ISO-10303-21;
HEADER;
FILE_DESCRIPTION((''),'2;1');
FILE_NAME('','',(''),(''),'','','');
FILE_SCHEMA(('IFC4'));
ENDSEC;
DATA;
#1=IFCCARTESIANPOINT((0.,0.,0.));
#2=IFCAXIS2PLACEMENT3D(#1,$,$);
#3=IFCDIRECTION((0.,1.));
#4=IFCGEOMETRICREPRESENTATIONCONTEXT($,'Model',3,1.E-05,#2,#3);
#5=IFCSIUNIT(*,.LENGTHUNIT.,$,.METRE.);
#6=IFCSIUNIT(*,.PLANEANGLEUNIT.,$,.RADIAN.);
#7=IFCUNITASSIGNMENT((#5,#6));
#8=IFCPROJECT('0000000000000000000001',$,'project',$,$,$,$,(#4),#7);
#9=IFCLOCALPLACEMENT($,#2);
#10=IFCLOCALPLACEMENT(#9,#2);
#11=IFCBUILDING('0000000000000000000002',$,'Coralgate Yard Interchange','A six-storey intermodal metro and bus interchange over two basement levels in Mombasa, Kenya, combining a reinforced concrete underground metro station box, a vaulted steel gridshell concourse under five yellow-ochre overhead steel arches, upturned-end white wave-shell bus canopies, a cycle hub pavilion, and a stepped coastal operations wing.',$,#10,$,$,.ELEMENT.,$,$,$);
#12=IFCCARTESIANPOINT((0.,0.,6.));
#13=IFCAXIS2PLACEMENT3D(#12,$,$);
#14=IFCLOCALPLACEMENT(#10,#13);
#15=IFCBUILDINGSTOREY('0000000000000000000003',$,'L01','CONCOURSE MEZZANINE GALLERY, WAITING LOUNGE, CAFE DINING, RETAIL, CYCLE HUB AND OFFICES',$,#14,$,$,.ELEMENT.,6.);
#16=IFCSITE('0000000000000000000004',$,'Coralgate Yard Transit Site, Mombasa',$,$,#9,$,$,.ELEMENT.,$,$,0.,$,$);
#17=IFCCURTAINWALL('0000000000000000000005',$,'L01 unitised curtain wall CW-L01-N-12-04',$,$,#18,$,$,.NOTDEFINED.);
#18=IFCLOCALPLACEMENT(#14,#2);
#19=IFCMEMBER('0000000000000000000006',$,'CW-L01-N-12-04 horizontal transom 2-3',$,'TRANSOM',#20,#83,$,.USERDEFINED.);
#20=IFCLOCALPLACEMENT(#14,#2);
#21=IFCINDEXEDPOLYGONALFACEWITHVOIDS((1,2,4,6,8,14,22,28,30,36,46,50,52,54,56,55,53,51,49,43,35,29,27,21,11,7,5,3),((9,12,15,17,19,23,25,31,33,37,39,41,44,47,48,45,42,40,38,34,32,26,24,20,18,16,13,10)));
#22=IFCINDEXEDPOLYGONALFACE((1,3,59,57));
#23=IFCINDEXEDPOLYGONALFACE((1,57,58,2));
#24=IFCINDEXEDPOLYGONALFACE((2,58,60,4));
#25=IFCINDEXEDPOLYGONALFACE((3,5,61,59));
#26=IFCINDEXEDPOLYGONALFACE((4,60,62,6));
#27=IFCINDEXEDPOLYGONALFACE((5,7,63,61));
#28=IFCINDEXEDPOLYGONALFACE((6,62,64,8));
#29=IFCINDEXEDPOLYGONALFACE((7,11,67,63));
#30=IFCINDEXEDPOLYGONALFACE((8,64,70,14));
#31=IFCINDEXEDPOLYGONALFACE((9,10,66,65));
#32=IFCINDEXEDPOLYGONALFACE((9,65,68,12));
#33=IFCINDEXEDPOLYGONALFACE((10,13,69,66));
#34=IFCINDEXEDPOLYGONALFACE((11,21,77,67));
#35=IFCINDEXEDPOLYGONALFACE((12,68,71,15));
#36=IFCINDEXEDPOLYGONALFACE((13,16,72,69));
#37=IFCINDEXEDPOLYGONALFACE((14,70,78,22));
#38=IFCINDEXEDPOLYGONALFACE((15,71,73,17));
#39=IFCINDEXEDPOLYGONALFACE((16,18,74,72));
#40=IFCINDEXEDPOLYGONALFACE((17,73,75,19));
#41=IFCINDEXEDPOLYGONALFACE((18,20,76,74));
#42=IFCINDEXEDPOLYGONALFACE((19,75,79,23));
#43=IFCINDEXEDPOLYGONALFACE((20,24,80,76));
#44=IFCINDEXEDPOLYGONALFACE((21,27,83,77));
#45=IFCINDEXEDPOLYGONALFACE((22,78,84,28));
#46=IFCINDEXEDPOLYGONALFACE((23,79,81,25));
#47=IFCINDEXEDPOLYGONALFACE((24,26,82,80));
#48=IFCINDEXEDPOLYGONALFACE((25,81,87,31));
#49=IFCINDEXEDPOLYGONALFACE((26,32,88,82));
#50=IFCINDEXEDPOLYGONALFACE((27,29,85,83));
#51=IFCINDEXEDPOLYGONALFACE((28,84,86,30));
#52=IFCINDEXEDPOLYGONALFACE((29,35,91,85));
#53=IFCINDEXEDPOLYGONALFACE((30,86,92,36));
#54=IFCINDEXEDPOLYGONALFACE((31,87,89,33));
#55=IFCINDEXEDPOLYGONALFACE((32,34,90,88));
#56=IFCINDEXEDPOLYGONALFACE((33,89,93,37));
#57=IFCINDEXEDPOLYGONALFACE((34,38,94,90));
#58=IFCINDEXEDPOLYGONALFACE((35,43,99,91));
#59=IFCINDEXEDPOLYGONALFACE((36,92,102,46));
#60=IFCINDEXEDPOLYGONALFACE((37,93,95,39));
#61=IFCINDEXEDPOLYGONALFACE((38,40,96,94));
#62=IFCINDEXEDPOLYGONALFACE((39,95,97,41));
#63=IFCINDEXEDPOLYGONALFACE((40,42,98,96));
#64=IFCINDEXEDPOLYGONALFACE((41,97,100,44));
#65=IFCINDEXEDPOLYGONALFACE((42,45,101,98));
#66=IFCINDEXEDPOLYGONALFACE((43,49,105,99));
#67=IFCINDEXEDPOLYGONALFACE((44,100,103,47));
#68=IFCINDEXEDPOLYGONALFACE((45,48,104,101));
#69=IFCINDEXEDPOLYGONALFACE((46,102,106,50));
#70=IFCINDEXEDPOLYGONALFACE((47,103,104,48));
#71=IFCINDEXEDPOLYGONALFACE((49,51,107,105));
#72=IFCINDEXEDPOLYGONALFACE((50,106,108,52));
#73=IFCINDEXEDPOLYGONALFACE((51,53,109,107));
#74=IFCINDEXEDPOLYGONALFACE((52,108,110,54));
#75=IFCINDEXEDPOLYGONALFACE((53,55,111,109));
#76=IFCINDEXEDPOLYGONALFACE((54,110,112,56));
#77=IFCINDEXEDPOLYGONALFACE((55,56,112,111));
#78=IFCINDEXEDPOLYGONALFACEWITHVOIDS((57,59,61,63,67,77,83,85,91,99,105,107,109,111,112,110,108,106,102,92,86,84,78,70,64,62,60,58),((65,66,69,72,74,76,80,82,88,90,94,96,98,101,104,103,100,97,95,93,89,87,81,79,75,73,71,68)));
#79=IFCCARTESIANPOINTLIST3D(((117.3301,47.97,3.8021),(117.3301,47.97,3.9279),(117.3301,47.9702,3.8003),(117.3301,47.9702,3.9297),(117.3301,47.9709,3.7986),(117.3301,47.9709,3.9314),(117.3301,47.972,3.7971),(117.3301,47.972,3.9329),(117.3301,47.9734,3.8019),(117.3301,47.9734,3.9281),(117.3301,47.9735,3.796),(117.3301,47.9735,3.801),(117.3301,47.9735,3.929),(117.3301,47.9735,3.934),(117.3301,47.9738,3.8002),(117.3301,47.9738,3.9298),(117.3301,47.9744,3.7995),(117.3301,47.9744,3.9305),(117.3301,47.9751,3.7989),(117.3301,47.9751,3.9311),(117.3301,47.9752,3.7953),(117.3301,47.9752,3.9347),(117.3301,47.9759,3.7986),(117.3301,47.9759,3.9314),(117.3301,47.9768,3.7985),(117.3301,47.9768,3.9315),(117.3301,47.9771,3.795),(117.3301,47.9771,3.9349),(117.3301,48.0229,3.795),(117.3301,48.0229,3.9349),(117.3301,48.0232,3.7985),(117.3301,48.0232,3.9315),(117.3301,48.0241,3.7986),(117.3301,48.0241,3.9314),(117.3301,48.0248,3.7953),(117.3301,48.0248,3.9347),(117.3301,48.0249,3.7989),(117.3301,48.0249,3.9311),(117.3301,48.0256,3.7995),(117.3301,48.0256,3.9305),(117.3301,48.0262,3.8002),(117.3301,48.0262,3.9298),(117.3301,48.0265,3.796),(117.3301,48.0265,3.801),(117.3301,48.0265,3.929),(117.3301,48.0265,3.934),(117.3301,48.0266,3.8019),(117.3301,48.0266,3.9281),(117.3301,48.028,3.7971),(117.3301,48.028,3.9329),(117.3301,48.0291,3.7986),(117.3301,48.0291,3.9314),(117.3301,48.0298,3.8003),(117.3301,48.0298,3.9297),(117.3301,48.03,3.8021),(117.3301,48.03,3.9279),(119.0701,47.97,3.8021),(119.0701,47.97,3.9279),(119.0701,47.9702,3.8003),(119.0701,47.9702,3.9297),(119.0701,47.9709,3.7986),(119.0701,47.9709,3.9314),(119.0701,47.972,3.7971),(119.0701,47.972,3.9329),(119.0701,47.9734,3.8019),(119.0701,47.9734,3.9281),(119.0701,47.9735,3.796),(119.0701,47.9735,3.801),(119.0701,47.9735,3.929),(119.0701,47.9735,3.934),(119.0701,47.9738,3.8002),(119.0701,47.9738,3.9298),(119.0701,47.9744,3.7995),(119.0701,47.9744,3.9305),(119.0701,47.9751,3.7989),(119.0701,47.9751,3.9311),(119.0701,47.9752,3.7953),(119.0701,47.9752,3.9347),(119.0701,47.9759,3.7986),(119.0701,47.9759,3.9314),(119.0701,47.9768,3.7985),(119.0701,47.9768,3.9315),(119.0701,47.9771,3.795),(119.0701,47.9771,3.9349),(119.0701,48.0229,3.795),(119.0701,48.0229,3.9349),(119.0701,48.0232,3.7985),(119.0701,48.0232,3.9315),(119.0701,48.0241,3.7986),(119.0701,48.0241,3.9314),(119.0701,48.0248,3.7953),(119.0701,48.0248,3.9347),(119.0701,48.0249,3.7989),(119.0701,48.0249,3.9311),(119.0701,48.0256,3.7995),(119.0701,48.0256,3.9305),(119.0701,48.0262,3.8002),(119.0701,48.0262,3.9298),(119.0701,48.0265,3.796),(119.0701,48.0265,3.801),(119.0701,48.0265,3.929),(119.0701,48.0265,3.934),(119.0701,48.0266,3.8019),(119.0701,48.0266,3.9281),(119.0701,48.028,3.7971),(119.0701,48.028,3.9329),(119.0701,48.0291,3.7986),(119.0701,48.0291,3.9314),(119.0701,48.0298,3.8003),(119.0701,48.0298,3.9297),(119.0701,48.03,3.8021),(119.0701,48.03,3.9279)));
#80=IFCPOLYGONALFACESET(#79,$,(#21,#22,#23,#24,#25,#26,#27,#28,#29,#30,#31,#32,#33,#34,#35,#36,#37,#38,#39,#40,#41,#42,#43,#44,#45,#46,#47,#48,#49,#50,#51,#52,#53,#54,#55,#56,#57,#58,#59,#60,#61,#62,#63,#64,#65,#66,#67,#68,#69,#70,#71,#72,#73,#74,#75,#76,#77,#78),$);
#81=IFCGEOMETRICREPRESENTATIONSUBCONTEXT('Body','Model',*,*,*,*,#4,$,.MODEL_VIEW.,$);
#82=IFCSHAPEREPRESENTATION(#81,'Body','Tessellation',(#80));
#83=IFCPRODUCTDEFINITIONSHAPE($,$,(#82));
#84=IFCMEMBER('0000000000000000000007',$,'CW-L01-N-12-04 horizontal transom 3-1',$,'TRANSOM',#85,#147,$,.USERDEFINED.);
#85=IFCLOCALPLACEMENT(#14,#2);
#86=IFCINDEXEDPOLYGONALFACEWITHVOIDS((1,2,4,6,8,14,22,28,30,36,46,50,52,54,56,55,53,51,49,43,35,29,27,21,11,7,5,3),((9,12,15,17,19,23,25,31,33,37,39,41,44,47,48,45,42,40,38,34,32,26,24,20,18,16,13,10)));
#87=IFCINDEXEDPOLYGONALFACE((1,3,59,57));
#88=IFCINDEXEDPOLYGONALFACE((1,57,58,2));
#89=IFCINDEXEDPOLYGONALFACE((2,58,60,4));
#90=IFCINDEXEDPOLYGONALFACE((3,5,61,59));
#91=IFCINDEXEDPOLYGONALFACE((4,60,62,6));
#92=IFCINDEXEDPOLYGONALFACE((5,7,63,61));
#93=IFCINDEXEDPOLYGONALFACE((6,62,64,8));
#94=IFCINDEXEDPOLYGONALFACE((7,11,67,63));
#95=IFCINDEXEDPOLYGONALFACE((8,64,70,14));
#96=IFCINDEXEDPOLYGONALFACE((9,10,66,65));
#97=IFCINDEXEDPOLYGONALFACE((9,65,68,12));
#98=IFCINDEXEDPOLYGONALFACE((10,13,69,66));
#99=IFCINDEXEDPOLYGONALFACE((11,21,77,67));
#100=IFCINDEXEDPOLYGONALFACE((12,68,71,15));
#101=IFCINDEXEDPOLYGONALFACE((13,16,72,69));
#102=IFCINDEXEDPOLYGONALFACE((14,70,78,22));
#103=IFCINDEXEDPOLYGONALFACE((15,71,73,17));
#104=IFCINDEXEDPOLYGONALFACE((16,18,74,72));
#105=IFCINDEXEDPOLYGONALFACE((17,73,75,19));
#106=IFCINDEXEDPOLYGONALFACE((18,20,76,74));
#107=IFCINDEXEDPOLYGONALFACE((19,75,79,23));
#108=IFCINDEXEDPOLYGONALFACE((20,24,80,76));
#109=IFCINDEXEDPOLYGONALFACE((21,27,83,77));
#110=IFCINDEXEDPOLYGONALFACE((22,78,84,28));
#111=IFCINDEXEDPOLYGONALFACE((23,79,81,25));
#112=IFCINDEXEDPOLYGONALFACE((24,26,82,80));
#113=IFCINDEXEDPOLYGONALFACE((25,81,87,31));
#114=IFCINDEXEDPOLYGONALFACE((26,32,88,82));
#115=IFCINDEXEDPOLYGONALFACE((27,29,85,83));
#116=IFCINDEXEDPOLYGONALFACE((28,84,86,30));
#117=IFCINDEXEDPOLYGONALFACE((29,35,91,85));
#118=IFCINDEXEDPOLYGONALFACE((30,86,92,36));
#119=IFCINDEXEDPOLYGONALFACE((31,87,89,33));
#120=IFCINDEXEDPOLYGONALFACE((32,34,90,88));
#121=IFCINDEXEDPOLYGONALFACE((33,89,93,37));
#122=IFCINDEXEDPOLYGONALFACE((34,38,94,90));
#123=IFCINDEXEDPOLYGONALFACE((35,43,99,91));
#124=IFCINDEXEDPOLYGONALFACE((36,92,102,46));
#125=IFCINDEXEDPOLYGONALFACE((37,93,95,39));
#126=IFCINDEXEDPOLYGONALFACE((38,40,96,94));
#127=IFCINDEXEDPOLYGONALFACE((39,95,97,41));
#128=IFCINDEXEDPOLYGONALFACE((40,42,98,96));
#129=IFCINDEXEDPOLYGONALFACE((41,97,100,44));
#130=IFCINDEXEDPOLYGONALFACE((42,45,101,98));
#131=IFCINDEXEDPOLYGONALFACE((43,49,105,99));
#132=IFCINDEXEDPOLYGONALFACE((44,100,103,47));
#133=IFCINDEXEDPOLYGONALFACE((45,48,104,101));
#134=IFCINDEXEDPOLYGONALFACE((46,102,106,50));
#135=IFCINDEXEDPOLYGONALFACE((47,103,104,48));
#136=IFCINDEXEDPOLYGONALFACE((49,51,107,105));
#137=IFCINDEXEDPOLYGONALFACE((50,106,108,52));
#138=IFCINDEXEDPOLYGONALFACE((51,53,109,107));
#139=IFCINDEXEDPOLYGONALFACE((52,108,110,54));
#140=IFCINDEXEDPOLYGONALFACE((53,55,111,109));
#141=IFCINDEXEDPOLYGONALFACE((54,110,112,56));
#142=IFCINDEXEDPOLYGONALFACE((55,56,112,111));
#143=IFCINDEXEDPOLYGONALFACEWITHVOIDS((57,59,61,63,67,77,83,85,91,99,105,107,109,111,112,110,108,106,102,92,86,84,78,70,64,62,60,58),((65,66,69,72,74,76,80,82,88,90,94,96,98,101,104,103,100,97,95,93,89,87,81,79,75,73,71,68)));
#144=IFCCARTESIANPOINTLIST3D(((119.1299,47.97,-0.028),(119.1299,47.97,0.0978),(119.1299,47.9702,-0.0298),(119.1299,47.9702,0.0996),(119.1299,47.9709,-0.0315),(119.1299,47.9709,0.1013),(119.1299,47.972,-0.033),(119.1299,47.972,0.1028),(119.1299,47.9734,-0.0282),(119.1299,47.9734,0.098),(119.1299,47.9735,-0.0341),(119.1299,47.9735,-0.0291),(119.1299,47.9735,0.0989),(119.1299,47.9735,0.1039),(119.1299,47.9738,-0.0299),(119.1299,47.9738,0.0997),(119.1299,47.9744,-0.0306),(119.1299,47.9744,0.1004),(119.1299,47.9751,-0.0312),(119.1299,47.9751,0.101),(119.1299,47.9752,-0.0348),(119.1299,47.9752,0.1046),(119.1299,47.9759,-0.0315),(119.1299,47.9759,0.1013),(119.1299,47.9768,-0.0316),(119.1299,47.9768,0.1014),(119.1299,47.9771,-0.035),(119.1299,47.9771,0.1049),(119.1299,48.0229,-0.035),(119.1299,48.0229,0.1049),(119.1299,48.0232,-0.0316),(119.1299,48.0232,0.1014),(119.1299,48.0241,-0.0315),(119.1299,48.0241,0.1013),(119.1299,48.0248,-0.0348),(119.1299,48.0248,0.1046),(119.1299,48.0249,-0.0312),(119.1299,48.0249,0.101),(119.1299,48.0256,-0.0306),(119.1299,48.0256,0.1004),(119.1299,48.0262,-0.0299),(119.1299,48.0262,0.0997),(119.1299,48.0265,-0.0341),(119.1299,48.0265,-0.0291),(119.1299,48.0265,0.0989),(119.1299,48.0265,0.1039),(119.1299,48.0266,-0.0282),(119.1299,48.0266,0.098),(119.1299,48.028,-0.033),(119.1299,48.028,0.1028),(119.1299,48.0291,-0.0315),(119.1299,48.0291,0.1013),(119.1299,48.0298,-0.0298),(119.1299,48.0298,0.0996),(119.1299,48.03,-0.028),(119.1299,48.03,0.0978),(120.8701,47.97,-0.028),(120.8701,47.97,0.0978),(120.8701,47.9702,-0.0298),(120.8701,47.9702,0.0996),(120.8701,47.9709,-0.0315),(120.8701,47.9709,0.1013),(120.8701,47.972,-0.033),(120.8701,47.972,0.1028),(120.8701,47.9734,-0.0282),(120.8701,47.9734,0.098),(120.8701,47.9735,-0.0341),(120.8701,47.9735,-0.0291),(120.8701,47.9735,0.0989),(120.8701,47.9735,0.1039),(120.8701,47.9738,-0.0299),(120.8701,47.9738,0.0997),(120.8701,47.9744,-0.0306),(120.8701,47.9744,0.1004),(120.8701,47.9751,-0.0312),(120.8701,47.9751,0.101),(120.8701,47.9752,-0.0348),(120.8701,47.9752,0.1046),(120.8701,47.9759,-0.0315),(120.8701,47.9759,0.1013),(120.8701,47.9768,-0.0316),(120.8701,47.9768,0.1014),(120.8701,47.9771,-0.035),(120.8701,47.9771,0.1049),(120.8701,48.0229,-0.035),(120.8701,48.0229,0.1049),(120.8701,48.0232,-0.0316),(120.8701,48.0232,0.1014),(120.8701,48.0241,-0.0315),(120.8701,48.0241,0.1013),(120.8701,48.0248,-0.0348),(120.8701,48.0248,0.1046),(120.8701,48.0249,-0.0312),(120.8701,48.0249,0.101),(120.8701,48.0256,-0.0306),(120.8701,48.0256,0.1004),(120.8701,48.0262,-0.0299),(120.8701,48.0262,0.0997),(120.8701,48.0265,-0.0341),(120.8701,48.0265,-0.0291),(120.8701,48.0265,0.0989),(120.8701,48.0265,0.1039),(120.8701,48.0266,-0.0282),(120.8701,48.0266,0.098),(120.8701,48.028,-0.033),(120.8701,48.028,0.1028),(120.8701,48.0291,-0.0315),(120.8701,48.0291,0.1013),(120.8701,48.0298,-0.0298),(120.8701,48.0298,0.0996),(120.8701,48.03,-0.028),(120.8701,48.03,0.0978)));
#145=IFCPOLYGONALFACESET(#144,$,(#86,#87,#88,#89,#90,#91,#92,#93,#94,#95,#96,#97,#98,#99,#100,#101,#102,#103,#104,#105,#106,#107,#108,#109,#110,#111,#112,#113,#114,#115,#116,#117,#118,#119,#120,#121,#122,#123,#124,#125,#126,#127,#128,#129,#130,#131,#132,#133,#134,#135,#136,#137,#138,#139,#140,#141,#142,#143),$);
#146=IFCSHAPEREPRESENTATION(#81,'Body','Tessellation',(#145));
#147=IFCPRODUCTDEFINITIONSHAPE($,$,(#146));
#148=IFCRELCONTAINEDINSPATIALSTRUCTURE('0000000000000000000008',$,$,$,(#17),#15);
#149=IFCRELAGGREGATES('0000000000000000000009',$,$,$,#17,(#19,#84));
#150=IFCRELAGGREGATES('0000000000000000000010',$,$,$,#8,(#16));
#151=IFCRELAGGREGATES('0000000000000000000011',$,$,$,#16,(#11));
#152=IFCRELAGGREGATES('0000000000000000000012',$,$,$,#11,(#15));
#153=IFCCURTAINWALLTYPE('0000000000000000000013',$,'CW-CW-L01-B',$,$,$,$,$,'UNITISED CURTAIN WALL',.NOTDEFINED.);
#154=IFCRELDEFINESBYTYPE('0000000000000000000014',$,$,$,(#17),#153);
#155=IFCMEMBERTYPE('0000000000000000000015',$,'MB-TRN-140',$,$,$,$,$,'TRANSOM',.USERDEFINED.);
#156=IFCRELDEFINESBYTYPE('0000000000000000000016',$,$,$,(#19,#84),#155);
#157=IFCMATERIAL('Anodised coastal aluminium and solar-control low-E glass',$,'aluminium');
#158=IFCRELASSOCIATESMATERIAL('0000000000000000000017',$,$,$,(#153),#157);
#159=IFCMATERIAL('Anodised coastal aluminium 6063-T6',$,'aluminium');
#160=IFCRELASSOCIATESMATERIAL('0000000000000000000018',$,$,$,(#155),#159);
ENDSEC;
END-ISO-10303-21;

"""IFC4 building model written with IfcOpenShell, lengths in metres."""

from ifc_helpers import new_model, si_unit, direction, frame, origin, origin_2d, place, context, subcontext, project, spatial, hollow_rectangle, extrude, material, material_profile, profile_set, type_object, element, aggregate, save


model = new_model("IFC4")

# Units and contexts
model_context = context("Model", 3, precision=1e-05, world=origin(), true_north=direction((0.0, 1.0)))
body_context = subcontext(model_context, "Body", "Model", "MODEL_VIEW")
ifc_project = project(units=[si_unit("LENGTHUNIT", "METRE"), si_unit("PLANEANGLEUNIT", "RADIAN")], contexts=[model_context])

# Site, building, storey
site_placement = place(None, origin())
site = spatial("IfcSite", under=ifc_project, at=site_placement, Name="Coralgate Yard Transit Site, Mombasa", CompositionType="ELEMENT", RefElevation=0.0)
building_placement = place(site_placement, origin())
building = spatial("IfcBuilding", under=site, at=building_placement, Name="Coralgate Yard Interchange", Description="A six-storey intermodal metro and bus interchange over two basement levels in Mombasa, Kenya, combining a reinforced concrete underground metro station box, a vaulted steel gridshell concourse under five yellow-ochre overhead steel arches, upturned-end white wave-shell bus canopies, a cycle hub pavilion, and a stepped coastal operations wing.", CompositionType="ELEMENT")
storey_placement = place(building_placement, frame((0.0, 0.0, 6.0)))
storey = spatial("IfcBuildingStorey", under=building, at=storey_placement, Name="L01", Description="CONCOURSE MEZZANINE GALLERY, WAITING LOUNGE, CAFE DINING, RETAIL, CYCLE HUB AND OFFICES", CompositionType="ELEMENT", Elevation=6.0)

# Curtain wall
ifc_material_1 = material(Name="Anodised coastal aluminium and solar-control low-E glass", Category="aluminium")
curtain_wall_type = type_object("IfcCurtainWallType", Name="CW-CW-L01-B", ElementType="UNITISED CURTAIN WALL", PredefinedType="NOTDEFINED", material=ifc_material_1)
ifc_material_2 = material(Name="Anodised coastal aluminium 6063-T6", Category="aluminium")
curtain_wall_1_placement = place(storey_placement, origin())
curtain_wall_1 = element("IfcCurtainWall", 1, at=curtain_wall_1_placement, inside=storey, type_object=curtain_wall_type, Name="L01 unitised curtain wall CW-L01-N-12-04", PredefinedType="NOTDEFINED")

# Members
ifc_material_profile_1 = material_profile(ifc_material_2, hollow_rectangle(XDim=0.0601, YDim=0.1399, WallThickness=0.0034, InnerFilletRadius=0.0034, OuterFilletRadius=0.0071, at=origin_2d()), Name="ALU 60x140x3.5")
ifc_profile_set_1 = profile_set([ifc_material_profile_1], Name="Anodised coastal aluminium 6063-T6")
member_type_1 = type_object("IfcMemberType", Name="MB-TRN-140", ElementType="TRANSOM", PredefinedType="USERDEFINED", material=ifc_profile_set_1)
member_1_placement = place(storey_placement, frame((117.3301, 48.0, 3.865), z_axis=(1.0, 0.0, 0.0), x_axis=(0.0, 1.0, 0.0)))
member_1 = element("IfcMember", 2, at=member_1_placement, type_object=member_type_1, Name="CW-L01-N-12-04 horizontal transom 2-3", ObjectType="TRANSOM", PredefinedType="USERDEFINED", context=body_context, shape_type="SweptSolid", body=[
    extrude(hollow_rectangle(XDim=0.0601, YDim=0.1399, WallThickness=0.0034, InnerFilletRadius=0.0034, OuterFilletRadius=0.0071, at=origin_2d()), origin(), (0.0, 0.0, 1.0), 1.74),
])
member_2_placement = place(storey_placement, frame((119.1299, 48.0, 0.0349), z_axis=(1.0, 0.0, 0.0), x_axis=(0.0, 1.0, 0.0)))
member_2 = element("IfcMember", 3, at=member_2_placement, type_object=member_type_1, Name="CW-L01-N-12-04 horizontal transom 3-1", ObjectType="TRANSOM", PredefinedType="USERDEFINED", context=body_context, shape_type="SweptSolid", body=[
    extrude(hollow_rectangle(XDim=0.0601, YDim=0.1399, WallThickness=0.0034, InnerFilletRadius=0.0034, OuterFilletRadius=0.0071, at=origin_2d()), origin(), (0.0, 0.0, 1.0), 1.7402),
])

aggregate(curtain_wall_1, [member_1, member_2])

save(model, "model.ifc")
